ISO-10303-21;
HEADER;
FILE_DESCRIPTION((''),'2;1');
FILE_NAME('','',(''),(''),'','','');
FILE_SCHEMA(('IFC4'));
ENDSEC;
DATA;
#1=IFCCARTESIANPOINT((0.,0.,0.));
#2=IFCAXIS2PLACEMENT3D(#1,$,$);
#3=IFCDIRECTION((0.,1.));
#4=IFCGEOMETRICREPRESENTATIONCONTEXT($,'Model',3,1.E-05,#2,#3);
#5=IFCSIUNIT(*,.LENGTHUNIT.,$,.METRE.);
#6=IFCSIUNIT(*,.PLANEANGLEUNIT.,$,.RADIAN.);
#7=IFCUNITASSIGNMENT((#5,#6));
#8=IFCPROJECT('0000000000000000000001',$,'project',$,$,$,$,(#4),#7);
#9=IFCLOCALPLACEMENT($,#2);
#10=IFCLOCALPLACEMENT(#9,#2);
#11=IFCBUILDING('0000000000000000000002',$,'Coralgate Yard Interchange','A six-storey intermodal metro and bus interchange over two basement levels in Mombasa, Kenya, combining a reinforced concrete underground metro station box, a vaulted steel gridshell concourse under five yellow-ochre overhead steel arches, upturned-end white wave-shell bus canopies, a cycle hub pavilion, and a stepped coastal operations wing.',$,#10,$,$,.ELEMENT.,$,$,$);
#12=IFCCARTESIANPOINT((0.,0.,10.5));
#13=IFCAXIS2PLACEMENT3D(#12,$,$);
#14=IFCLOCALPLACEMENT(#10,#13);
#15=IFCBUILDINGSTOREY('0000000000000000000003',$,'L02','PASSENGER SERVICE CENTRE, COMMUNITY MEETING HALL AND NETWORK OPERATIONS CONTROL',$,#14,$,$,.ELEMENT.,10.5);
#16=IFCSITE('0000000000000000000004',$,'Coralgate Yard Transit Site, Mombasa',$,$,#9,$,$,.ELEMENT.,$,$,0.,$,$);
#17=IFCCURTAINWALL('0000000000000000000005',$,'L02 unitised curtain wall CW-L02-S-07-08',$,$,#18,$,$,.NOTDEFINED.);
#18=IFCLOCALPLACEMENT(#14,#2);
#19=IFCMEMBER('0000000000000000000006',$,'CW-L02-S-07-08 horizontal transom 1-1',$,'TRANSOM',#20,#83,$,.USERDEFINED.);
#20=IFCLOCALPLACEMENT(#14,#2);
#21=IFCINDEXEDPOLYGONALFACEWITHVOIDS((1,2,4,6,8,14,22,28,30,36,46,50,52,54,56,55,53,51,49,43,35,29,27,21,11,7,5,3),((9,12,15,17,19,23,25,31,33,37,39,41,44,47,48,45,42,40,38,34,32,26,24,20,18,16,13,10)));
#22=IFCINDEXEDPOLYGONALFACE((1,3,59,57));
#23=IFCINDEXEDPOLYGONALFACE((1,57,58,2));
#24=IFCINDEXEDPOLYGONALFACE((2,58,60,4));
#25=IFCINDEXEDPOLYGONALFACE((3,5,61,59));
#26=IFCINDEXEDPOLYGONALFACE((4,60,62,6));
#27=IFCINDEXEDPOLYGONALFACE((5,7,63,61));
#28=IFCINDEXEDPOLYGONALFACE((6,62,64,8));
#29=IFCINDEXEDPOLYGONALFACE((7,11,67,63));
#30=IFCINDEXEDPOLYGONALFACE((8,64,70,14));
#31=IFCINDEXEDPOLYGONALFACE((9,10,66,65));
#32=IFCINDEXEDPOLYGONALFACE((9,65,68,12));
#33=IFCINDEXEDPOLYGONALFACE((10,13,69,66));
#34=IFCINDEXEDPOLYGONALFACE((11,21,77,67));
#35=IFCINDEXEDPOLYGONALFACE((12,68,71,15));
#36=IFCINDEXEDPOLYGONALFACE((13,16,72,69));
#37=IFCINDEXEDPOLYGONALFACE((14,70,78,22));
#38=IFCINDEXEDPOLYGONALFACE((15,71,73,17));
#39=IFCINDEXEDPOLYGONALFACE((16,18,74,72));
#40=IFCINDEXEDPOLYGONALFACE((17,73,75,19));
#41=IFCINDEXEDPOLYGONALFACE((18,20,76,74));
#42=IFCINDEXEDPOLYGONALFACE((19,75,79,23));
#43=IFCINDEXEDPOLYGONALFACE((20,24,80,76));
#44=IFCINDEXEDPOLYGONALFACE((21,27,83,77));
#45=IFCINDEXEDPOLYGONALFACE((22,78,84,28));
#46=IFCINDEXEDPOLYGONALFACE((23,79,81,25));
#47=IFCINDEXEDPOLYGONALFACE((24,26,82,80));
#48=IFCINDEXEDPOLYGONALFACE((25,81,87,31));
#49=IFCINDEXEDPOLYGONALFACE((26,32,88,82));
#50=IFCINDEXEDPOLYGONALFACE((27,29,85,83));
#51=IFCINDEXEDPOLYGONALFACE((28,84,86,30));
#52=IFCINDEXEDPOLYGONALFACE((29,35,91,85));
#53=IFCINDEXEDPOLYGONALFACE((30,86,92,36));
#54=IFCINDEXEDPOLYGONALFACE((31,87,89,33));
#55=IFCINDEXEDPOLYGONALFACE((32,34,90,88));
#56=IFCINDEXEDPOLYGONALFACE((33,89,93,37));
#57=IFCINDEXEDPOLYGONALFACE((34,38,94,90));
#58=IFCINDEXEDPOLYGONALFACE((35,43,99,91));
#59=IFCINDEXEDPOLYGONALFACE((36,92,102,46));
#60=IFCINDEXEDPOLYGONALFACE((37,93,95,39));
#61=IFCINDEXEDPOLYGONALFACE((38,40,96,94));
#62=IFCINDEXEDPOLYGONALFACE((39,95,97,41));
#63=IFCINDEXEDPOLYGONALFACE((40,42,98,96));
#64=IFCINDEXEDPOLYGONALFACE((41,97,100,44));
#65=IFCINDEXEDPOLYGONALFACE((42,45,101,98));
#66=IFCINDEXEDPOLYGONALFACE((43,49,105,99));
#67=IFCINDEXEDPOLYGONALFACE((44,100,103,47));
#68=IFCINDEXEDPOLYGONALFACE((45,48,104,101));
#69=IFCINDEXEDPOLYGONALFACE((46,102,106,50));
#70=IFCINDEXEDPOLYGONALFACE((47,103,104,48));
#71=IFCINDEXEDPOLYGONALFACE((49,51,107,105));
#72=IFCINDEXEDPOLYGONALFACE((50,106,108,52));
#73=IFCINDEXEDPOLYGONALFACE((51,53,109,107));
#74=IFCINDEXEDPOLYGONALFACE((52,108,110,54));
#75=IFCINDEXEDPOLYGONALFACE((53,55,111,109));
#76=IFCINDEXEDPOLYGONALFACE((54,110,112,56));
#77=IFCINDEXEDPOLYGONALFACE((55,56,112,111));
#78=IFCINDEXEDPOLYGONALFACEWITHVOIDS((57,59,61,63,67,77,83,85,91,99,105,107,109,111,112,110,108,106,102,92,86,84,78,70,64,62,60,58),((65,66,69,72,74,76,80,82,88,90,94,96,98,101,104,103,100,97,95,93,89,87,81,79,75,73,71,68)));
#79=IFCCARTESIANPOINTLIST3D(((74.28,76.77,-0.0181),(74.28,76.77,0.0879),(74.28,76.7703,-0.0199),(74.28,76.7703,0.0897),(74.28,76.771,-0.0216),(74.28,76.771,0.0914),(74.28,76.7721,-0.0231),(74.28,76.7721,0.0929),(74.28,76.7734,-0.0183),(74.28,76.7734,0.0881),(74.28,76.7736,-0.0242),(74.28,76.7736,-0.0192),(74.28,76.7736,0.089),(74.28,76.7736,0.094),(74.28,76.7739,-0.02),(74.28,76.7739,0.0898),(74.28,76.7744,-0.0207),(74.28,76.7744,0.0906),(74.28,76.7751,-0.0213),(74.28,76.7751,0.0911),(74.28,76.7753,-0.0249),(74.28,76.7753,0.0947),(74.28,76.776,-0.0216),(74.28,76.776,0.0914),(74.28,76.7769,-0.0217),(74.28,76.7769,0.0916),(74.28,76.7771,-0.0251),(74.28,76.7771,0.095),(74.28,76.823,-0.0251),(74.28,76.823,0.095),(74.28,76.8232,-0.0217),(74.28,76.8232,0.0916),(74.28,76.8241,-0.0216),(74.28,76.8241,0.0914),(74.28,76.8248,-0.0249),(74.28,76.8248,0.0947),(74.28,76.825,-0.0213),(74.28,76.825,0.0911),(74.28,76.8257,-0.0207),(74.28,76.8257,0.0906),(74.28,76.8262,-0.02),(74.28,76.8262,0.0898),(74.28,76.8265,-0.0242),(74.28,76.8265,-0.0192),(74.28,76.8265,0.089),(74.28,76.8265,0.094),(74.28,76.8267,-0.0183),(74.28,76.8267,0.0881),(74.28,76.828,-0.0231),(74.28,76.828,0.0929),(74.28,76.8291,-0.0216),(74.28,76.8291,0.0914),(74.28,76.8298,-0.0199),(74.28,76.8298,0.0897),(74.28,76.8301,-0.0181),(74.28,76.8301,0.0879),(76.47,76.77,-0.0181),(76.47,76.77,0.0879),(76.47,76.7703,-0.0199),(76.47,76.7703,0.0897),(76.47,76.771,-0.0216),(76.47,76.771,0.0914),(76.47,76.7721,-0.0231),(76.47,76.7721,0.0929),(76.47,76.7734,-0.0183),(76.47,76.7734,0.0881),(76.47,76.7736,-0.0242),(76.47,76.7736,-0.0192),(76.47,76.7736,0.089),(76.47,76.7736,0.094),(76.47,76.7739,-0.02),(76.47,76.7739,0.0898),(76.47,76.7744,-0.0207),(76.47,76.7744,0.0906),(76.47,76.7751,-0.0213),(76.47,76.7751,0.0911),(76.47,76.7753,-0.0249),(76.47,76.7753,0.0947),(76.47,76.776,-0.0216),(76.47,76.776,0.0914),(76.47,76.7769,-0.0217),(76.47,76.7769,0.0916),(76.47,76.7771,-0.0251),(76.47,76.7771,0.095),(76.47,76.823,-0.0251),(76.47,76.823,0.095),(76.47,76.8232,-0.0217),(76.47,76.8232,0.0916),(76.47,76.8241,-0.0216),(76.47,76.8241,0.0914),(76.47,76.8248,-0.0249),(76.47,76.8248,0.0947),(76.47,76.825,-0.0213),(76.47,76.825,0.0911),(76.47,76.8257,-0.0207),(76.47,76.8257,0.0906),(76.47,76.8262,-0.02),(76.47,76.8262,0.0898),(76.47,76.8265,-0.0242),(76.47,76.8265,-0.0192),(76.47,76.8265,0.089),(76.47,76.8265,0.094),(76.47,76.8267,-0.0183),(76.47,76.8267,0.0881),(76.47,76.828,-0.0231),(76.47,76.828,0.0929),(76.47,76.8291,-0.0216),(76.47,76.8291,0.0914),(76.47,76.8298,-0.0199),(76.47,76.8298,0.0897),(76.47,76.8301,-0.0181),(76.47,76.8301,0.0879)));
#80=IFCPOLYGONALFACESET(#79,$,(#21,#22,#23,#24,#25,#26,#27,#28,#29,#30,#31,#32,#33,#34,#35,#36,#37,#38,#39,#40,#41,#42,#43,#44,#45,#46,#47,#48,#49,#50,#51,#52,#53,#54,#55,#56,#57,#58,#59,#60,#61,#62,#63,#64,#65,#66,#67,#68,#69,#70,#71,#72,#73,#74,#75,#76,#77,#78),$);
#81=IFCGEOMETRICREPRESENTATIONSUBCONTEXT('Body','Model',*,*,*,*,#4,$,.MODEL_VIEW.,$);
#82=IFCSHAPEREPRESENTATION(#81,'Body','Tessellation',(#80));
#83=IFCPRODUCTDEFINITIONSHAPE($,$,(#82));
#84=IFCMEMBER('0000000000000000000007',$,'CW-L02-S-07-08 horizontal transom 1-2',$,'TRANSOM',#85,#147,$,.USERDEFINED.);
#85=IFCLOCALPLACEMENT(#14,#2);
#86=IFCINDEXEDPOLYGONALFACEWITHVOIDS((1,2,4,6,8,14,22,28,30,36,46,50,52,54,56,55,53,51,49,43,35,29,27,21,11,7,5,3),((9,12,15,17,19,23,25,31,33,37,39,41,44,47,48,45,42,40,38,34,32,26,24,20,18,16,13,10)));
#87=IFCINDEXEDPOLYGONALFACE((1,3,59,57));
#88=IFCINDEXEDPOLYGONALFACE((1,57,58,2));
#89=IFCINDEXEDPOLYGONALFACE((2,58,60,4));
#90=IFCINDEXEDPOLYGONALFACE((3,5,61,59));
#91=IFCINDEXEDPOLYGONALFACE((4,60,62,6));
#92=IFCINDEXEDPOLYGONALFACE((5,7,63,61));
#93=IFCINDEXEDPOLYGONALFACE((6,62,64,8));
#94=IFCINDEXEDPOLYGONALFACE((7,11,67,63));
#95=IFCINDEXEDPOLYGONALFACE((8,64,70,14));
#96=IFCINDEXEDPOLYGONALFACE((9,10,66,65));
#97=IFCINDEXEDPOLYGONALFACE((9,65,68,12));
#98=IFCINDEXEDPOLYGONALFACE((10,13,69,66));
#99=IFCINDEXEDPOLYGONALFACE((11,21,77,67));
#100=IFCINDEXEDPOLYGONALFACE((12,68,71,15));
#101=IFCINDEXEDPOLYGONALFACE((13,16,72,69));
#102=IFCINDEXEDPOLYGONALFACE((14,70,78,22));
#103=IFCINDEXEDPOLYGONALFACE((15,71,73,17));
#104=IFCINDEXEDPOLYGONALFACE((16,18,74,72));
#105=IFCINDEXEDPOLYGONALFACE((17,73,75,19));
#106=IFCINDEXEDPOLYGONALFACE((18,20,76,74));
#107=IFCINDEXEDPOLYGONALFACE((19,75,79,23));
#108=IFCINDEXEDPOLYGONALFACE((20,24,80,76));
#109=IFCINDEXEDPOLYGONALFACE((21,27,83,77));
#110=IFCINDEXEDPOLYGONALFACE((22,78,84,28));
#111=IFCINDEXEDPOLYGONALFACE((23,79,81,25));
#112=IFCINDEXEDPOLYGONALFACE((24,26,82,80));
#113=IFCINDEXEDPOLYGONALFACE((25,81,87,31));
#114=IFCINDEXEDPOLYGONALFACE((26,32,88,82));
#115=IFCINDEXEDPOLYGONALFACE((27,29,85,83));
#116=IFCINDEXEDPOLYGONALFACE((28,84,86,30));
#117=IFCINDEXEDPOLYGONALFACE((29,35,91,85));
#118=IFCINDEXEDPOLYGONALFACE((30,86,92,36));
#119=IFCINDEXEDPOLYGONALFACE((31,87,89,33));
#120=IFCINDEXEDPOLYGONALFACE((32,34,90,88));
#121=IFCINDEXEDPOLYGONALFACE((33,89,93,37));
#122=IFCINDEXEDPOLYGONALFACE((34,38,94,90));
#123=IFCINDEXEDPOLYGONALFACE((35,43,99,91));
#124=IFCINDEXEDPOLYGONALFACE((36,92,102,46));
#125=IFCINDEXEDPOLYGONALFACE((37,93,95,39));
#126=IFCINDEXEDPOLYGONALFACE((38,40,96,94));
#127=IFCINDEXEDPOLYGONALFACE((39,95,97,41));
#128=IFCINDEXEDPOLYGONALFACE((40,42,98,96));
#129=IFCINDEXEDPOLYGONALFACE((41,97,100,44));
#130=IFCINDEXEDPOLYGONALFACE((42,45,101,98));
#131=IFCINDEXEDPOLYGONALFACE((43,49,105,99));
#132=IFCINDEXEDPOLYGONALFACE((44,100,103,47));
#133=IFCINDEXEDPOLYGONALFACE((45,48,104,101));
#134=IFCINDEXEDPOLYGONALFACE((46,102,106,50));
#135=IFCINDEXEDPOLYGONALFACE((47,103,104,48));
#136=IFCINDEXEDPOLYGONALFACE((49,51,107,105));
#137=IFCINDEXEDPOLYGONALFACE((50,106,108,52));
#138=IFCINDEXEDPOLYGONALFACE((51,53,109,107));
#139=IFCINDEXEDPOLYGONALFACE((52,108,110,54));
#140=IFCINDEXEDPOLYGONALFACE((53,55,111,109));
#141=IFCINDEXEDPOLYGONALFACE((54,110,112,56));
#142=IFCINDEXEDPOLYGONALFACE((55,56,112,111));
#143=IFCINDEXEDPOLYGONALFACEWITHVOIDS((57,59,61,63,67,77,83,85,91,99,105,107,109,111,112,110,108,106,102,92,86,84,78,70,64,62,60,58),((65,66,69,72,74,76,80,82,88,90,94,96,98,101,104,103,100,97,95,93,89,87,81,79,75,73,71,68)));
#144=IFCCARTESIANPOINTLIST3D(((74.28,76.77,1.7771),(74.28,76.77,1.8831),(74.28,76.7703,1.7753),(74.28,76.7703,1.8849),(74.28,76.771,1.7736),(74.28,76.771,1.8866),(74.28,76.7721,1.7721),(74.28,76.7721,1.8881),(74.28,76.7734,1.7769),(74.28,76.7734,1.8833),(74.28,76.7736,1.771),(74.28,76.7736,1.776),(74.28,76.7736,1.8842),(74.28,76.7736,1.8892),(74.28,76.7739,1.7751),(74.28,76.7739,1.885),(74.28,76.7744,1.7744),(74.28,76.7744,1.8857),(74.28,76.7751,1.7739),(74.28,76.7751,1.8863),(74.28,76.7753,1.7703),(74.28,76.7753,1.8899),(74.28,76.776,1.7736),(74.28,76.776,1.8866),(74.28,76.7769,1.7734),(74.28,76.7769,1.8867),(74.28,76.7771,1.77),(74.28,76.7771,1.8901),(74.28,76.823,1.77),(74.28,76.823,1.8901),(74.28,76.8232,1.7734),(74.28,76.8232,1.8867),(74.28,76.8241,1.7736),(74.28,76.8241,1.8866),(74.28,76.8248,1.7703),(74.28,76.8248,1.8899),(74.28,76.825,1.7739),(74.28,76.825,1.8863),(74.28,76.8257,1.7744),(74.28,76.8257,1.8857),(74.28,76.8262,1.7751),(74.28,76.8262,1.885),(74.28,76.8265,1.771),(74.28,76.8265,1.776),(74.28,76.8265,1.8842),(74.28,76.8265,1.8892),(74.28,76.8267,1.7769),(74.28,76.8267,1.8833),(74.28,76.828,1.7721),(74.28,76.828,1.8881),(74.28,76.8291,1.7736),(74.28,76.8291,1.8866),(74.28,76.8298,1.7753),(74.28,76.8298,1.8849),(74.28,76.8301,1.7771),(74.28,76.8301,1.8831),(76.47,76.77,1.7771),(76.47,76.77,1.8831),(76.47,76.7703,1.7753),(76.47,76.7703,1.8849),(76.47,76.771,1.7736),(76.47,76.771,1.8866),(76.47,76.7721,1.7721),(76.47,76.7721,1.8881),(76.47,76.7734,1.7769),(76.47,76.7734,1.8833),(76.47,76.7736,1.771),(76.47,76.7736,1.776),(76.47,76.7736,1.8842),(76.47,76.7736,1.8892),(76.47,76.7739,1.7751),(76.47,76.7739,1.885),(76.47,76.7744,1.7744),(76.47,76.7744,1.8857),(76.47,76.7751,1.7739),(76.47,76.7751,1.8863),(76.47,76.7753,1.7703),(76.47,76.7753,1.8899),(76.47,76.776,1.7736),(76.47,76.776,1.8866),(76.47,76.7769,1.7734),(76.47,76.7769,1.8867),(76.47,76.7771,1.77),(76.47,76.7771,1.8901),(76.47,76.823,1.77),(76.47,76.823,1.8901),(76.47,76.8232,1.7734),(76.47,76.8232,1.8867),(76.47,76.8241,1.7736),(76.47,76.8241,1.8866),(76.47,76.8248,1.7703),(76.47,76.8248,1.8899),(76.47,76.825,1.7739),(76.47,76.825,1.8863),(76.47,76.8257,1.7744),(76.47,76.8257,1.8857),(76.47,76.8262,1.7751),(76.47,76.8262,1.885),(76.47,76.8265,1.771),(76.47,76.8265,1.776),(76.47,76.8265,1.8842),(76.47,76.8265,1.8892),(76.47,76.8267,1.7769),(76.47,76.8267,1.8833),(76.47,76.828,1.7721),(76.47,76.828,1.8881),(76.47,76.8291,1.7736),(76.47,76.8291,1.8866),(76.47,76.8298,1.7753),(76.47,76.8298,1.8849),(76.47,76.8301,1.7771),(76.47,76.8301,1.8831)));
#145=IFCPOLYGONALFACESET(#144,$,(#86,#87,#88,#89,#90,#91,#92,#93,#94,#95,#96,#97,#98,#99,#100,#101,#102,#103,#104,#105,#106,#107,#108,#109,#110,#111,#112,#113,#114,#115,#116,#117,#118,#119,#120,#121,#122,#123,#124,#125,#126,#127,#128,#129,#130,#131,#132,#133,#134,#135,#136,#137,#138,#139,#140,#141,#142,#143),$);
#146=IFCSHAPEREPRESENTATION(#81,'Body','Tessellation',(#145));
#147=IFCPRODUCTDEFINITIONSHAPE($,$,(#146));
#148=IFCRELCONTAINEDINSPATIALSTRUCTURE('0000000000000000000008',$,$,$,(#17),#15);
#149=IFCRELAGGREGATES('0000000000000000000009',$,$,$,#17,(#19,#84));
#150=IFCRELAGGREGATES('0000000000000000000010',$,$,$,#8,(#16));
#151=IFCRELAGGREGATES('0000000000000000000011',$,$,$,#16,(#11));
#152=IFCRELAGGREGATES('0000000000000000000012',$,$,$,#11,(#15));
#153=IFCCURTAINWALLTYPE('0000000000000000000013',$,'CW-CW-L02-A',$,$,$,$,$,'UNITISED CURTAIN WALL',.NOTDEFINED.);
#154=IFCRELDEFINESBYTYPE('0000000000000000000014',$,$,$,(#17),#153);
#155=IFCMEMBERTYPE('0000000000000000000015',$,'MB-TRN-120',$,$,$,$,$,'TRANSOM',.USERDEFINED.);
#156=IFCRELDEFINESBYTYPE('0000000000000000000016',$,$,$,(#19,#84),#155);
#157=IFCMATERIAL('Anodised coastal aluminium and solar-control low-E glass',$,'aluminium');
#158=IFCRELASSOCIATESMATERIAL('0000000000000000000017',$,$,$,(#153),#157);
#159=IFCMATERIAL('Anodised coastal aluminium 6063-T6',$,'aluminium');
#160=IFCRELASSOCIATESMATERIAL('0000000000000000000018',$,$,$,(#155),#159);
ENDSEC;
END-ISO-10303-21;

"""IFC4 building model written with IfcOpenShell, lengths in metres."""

from ifc_helpers import new_model, si_unit, direction, frame, origin, origin_2d, place, context, subcontext, project, spatial, hollow_rectangle, extrude, material, material_profile, profile_set, type_object, element, aggregate, save


model = new_model("IFC4")

# Units and contexts
model_context = context("Model", 3, precision=1e-05, world=origin(), true_north=direction((0.0, 1.0)))
body_context = subcontext(model_context, "Body", "Model", "MODEL_VIEW")
ifc_project = project(units=[si_unit("LENGTHUNIT", "METRE"), si_unit("PLANEANGLEUNIT", "RADIAN")], contexts=[model_context])

# Site, building, storey
site_placement = place(None, origin())
site = spatial("IfcSite", under=ifc_project, at=site_placement, Name="Coralgate Yard Transit Site, Mombasa", CompositionType="ELEMENT", RefElevation=0.0)
building_placement = place(site_placement, origin())
building = spatial("IfcBuilding", under=site, at=building_placement, Name="Coralgate Yard Interchange", Description="A six-storey intermodal metro and bus interchange over two basement levels in Mombasa, Kenya, combining a reinforced concrete underground metro station box, a vaulted steel gridshell concourse under five yellow-ochre overhead steel arches, upturned-end white wave-shell bus canopies, a cycle hub pavilion, and a stepped coastal operations wing.", CompositionType="ELEMENT")
storey_placement = place(building_placement, frame((0.0, 0.0, 10.5)))
storey = spatial("IfcBuildingStorey", under=building, at=storey_placement, Name="L02", Description="PASSENGER SERVICE CENTRE, COMMUNITY MEETING HALL AND NETWORK OPERATIONS CONTROL", CompositionType="ELEMENT", Elevation=10.5)

# Curtain wall
ifc_material_1 = material(Name="Anodised coastal aluminium and solar-control low-E glass", Category="aluminium")
curtain_wall_type = type_object("IfcCurtainWallType", Name="CW-CW-L02-A", ElementType="UNITISED CURTAIN WALL", PredefinedType="NOTDEFINED", material=ifc_material_1)
curtain_wall_1_placement = place(storey_placement, origin())
curtain_wall_1 = element("IfcCurtainWall", 1, at=curtain_wall_1_placement, inside=storey, type_object=curtain_wall_type, Name="L02 unitised curtain wall CW-L02-S-07-08", PredefinedType="NOTDEFINED")
ifc_material_2 = material(Name="Anodised coastal aluminium 6063-T6", Category="aluminium")

# Members
ifc_material_profile_1 = material_profile(ifc_material_2, hollow_rectangle(XDim=0.0601, YDim=0.1201, WallThickness=0.0034, InnerFilletRadius=0.0034, OuterFilletRadius=0.0071, at=origin_2d()), Name="ALU 60x120x3.5")
ifc_profile_set_1 = profile_set([ifc_material_profile_1], Name="Anodised coastal aluminium 6063-T6")
member_type_1 = type_object("IfcMemberType", Name="MB-TRN-120", ElementType="TRANSOM", PredefinedType="USERDEFINED", material=ifc_profile_set_1)
member_1_placement = place(storey_placement, frame((76.47, 76.8, 0.0349), z_axis=(-1.0, 0.0, 0.0), x_axis=(0.0, -1.0, 0.0)))
member_1 = element("IfcMember", 2, at=member_1_placement, type_object=member_type_1, Name="CW-L02-S-07-08 horizontal transom 1-1", ObjectType="TRANSOM", PredefinedType="USERDEFINED", context=body_context, shape_type="SweptSolid", body=[
    extrude(hollow_rectangle(XDim=0.0601, YDim=0.1201, WallThickness=0.0034, InnerFilletRadius=0.0034, OuterFilletRadius=0.0071, at=origin_2d()), origin(), (0.0, 0.0, 1.0), 2.1899),
])
member_2_placement = place(storey_placement, frame((76.47, 76.8, 1.8301), z_axis=(-1.0, 0.0, 0.0), x_axis=(0.0, -1.0, 0.0)))
member_2 = element("IfcMember", 3, at=member_2_placement, type_object=member_type_1, Name="CW-L02-S-07-08 horizontal transom 1-2", ObjectType="TRANSOM", PredefinedType="USERDEFINED", context=body_context, shape_type="SweptSolid", body=[
    extrude(hollow_rectangle(XDim=0.0601, YDim=0.1201, WallThickness=0.0034, InnerFilletRadius=0.0034, OuterFilletRadius=0.0071, at=origin_2d()), origin(), (0.0, 0.0, 1.0), 2.1899),
])

aggregate(curtain_wall_1, [member_1, member_2])

save(model, "model.ifc")
